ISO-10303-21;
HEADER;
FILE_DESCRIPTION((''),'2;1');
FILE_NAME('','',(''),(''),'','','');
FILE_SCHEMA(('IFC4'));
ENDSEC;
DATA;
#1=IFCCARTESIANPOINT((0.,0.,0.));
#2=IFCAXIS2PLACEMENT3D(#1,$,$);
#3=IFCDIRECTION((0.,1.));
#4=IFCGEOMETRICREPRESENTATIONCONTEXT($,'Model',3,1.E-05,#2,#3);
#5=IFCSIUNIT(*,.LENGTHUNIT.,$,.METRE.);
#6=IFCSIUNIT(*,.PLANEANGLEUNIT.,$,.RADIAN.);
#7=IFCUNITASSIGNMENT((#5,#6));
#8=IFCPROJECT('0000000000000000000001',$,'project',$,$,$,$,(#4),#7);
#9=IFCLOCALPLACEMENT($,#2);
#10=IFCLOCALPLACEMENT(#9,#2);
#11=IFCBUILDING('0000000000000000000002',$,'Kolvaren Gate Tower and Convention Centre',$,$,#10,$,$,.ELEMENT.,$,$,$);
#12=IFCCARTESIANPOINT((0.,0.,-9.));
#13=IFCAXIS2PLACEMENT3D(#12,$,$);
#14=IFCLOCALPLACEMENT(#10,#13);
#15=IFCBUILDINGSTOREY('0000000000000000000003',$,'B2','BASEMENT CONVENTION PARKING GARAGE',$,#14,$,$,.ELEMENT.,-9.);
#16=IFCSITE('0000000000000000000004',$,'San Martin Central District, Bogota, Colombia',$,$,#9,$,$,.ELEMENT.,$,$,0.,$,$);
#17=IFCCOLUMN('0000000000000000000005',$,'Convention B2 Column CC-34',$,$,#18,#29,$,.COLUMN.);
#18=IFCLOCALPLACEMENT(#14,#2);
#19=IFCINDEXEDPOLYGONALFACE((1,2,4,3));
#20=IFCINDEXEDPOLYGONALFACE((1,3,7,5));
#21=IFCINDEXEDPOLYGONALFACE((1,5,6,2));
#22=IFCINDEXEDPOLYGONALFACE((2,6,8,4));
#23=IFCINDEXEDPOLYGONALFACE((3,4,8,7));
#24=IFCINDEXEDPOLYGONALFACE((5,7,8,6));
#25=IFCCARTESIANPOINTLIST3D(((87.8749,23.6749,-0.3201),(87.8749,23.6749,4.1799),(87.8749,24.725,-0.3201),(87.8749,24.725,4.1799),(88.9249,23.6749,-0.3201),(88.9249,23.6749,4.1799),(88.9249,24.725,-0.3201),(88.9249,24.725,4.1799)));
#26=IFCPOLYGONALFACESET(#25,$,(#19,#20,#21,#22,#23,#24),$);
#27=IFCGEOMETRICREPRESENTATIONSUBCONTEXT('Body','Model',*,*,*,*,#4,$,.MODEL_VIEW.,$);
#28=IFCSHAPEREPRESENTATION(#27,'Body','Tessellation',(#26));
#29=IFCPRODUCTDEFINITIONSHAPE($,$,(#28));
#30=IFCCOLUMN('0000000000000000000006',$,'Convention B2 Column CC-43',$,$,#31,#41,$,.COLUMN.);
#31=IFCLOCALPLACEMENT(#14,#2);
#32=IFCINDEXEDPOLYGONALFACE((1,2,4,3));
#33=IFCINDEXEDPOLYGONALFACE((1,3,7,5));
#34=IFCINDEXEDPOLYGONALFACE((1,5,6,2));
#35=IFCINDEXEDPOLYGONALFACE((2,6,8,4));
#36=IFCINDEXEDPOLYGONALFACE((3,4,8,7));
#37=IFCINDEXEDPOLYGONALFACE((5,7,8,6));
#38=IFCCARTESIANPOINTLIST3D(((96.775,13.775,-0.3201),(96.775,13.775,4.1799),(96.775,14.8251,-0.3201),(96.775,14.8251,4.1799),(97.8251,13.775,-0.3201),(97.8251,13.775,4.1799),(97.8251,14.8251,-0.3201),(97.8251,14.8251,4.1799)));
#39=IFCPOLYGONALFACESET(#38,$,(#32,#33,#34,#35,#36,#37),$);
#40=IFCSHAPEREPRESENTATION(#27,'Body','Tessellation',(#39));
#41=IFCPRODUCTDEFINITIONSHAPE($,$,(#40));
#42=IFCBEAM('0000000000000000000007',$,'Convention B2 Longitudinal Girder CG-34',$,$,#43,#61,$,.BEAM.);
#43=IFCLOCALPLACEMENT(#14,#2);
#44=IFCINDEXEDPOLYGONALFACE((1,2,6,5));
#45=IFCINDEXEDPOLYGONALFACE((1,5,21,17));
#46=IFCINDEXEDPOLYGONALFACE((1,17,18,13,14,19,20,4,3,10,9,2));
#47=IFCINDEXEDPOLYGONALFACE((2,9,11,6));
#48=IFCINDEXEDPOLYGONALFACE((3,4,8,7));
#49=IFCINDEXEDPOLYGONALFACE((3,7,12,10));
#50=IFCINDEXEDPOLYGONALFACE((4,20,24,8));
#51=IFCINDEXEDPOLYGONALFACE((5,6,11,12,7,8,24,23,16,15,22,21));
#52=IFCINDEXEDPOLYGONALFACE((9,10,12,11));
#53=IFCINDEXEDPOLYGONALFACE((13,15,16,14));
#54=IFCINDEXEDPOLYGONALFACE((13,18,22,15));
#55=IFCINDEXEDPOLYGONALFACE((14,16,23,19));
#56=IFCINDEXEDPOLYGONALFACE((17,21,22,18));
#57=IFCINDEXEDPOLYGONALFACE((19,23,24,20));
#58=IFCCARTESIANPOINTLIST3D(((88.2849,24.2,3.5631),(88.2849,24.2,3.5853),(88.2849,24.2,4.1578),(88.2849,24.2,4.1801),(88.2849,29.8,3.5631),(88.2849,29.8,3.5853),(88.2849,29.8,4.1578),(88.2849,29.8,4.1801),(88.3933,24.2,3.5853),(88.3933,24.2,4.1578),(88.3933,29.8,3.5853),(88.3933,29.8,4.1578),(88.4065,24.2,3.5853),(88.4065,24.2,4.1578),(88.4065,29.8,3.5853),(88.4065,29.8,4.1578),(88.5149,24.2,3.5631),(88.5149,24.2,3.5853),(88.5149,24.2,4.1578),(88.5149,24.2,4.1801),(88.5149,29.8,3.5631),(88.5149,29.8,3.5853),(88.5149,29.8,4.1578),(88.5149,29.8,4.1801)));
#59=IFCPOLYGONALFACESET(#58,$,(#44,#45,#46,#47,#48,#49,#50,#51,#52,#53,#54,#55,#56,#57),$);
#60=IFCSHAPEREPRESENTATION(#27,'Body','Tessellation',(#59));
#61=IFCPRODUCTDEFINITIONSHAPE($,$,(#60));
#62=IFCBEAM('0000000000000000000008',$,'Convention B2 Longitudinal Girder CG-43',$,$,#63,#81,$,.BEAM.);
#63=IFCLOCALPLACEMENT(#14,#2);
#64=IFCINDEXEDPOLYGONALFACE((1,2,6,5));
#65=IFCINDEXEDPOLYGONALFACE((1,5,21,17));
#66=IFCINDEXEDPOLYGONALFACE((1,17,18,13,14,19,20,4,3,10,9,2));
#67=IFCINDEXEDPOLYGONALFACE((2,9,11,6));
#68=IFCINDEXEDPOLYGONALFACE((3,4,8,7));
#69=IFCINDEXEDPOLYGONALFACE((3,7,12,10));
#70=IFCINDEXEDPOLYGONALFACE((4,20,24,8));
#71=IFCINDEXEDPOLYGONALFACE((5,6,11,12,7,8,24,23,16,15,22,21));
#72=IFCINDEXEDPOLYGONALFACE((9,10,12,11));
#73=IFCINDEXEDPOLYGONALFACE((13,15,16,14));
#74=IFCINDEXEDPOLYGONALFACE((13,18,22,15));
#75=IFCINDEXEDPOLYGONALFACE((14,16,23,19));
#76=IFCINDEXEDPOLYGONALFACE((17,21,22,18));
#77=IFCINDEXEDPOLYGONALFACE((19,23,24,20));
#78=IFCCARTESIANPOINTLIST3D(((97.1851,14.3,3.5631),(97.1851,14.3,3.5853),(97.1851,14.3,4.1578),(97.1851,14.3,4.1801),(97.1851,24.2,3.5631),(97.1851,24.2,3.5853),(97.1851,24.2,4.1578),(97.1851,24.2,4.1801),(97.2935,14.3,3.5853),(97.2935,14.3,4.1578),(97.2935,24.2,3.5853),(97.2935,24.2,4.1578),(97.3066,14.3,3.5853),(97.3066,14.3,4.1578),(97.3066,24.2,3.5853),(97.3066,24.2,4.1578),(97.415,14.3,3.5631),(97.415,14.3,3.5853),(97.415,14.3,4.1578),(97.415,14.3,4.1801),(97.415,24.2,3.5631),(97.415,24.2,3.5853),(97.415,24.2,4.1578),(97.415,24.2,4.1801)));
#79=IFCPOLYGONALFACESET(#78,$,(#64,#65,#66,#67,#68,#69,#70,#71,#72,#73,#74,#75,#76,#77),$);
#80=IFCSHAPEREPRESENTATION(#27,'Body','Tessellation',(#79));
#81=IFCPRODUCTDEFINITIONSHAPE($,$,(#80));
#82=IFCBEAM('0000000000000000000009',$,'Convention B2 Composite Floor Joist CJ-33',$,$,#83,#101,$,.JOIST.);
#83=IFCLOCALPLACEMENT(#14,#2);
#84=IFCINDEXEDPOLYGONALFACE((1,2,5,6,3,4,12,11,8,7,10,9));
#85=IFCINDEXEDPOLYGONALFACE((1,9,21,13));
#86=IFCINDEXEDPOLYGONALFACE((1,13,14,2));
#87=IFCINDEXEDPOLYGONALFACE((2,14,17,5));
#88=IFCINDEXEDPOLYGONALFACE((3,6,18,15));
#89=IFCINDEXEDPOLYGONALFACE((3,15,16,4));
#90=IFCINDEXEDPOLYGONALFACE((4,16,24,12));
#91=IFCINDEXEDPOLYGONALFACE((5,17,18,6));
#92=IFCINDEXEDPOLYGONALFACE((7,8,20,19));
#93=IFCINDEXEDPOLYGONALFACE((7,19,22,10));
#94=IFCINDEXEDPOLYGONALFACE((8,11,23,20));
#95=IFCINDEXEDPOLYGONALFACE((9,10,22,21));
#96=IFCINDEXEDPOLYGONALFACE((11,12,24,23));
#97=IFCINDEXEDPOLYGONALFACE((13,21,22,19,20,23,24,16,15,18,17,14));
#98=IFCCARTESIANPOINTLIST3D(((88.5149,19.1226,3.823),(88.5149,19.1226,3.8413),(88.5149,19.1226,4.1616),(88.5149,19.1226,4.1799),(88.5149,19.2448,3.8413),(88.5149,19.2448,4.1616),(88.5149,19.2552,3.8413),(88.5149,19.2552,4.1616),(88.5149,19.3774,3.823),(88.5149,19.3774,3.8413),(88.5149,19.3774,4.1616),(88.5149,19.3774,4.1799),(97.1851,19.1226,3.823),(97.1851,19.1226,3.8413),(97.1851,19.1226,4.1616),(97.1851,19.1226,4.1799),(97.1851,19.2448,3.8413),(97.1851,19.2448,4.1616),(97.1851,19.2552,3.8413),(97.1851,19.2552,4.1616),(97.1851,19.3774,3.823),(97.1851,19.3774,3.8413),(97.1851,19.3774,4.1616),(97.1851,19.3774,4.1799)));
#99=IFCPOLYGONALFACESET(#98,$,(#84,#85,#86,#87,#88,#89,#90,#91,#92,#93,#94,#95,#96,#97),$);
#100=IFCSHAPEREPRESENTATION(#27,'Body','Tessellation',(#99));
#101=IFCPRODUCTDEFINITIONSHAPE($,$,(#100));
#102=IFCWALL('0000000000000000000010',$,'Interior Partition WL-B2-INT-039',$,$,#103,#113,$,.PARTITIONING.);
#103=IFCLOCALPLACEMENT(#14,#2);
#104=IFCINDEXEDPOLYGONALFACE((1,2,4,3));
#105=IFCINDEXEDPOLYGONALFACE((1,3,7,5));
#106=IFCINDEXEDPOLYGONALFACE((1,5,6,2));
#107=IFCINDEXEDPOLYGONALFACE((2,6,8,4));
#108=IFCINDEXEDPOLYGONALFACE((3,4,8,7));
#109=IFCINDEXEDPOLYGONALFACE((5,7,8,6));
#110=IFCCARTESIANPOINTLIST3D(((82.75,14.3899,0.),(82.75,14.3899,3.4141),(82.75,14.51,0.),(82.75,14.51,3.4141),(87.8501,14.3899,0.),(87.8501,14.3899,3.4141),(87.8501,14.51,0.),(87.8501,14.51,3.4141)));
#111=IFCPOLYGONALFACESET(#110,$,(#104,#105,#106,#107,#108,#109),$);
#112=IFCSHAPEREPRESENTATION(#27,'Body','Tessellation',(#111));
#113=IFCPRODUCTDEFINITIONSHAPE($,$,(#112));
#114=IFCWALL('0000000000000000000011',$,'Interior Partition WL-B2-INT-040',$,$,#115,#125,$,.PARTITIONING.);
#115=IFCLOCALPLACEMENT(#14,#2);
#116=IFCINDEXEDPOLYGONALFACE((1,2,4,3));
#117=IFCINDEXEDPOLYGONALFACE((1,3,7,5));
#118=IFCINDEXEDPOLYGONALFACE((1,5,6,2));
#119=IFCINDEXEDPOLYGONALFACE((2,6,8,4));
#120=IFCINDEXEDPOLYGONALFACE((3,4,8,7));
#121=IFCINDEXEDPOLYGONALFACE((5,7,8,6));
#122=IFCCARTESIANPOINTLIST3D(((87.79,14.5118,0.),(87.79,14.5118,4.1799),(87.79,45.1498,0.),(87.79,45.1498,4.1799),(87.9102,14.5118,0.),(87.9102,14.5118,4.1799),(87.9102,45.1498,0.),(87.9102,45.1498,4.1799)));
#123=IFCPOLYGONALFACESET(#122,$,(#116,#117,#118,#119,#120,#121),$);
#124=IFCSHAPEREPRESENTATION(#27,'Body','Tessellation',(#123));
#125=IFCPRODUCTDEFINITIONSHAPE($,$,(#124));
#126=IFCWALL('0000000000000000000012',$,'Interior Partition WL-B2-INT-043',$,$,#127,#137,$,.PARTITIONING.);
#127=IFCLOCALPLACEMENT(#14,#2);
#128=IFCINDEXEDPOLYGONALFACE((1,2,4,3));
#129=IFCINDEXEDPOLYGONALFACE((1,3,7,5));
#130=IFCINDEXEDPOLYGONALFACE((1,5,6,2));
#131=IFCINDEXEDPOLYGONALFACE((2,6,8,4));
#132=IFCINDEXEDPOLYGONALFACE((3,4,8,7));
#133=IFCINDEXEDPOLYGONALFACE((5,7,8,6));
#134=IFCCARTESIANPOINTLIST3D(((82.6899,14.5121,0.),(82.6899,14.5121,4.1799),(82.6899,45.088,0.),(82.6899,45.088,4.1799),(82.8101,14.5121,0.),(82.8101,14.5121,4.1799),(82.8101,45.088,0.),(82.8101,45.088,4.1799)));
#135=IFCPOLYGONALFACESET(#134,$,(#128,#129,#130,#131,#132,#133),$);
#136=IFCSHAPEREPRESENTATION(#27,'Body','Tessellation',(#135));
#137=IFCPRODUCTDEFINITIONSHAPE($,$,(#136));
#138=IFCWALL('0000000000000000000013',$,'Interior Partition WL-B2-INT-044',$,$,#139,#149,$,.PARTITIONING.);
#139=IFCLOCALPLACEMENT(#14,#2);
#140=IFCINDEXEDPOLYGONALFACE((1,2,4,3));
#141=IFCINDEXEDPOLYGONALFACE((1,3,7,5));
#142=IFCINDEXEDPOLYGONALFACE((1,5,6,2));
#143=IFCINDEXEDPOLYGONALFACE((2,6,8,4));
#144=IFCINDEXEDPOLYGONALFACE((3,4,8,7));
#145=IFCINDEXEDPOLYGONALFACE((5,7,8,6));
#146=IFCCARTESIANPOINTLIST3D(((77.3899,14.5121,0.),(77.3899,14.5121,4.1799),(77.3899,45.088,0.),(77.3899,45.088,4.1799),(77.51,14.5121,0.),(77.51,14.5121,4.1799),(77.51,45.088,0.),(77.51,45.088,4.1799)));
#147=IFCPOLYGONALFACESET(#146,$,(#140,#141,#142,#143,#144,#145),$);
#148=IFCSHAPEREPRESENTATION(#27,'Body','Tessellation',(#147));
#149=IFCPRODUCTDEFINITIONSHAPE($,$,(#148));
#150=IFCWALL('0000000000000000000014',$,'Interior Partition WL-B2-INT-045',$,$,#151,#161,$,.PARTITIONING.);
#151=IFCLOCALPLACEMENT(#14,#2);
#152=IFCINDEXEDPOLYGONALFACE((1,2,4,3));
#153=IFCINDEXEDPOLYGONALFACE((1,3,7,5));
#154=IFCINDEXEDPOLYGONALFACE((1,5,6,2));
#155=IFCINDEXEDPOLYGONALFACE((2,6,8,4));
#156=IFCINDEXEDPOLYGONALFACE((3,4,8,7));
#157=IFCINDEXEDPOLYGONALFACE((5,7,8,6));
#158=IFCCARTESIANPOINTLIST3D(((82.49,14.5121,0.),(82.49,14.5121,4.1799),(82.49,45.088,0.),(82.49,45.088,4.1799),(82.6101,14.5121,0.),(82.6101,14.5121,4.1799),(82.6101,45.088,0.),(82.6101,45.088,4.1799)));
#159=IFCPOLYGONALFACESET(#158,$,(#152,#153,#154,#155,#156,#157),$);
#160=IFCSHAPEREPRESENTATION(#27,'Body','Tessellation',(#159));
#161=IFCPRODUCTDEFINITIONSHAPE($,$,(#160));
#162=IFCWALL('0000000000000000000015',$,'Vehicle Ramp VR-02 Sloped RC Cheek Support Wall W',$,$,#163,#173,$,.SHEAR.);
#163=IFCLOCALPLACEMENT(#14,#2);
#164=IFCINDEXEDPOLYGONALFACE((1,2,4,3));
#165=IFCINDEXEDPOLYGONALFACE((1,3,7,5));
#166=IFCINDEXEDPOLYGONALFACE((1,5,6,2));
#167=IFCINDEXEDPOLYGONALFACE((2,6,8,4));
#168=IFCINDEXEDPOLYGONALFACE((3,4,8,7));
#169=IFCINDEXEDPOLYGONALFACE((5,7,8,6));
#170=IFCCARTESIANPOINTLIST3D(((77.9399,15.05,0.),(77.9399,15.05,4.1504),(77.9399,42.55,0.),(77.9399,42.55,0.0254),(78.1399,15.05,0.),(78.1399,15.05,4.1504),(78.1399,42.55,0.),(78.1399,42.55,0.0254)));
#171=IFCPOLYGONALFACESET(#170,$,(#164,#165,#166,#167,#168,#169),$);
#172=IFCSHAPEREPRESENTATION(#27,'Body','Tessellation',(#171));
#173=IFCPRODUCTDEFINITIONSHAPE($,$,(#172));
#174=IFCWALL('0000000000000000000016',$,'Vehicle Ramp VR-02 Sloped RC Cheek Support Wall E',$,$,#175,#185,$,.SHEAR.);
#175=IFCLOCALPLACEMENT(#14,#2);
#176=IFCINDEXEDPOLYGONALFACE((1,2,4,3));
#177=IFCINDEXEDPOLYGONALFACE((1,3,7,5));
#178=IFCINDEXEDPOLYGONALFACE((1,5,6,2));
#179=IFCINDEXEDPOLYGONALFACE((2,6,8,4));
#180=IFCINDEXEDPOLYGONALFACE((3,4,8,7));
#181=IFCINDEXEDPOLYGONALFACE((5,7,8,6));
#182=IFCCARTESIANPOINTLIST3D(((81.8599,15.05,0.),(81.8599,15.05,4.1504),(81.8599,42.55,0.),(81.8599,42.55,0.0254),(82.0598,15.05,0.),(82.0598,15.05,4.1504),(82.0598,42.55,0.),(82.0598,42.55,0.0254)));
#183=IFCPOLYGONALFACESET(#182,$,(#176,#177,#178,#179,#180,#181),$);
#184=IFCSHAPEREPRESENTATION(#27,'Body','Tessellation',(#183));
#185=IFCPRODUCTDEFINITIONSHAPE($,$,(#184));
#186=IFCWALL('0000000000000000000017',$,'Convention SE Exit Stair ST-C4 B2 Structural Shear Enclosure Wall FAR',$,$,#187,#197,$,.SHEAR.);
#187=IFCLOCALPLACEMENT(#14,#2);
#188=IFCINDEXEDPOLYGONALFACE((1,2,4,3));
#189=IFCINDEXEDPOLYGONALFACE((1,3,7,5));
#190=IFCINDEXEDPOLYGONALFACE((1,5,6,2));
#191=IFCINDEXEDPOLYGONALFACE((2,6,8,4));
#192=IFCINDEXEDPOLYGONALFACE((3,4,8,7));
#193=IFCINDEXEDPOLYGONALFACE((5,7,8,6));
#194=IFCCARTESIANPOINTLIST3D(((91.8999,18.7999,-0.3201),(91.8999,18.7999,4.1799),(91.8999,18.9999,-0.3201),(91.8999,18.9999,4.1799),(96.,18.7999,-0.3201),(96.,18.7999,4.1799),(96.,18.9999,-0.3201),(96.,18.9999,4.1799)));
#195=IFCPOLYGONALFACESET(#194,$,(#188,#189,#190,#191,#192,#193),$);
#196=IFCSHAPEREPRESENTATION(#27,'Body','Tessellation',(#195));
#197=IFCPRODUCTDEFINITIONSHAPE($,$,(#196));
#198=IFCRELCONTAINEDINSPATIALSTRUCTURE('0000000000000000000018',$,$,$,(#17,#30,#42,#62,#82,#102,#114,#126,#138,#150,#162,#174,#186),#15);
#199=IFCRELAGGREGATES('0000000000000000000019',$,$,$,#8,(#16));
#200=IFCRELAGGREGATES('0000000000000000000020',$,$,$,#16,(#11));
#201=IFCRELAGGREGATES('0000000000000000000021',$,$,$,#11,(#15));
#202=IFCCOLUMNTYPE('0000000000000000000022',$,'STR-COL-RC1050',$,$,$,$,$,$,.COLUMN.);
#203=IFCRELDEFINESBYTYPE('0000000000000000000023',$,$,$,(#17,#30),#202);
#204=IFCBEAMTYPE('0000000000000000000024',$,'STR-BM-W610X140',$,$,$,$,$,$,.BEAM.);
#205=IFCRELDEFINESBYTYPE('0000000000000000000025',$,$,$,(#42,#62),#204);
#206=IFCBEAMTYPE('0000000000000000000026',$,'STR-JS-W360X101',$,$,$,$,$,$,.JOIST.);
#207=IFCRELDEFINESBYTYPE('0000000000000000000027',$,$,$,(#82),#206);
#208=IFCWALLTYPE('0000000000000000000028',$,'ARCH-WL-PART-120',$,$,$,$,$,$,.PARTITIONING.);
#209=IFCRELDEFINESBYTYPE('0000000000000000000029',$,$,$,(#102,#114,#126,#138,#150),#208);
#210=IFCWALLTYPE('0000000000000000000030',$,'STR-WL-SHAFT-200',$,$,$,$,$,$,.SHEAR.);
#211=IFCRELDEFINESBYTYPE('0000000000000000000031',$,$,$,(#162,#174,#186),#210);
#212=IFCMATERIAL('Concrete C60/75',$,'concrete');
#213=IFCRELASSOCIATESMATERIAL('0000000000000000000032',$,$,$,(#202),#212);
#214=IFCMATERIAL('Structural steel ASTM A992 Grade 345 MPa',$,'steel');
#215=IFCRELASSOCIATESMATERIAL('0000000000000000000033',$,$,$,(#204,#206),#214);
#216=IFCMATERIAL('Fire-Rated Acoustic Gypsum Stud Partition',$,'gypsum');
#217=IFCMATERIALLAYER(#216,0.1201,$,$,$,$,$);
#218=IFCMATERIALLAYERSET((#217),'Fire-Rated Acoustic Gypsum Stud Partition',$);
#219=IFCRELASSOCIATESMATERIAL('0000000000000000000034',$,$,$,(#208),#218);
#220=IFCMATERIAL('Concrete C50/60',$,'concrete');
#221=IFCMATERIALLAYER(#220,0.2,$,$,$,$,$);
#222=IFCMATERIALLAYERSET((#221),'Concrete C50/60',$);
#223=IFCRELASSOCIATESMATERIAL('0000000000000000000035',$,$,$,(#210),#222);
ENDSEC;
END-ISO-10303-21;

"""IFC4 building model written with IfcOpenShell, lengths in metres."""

from ifc_helpers import new_model, si_unit, direction, frame, frame_2d, origin, origin_2d, place, context, subcontext, project, spatial, polyline, rectangle, i_section, outline, extrude, material, layer, layer_set, material_profile, profile_set, type_object, element, save


model = new_model("IFC4")

# Units and contexts
model_context = context("Model", 3, precision=1e-05, world=origin(), true_north=direction((0.0, 1.0)))
body_context = subcontext(model_context, "Body", "Model", "MODEL_VIEW")
ifc_project = project(units=[si_unit("LENGTHUNIT", "METRE"), si_unit("PLANEANGLEUNIT", "RADIAN")], contexts=[model_context])

# Site, building, storey
site_placement = place(None, origin())
site = spatial("IfcSite", under=ifc_project, at=site_placement, Name="San Martin Central District, Bogota, Colombia", CompositionType="ELEMENT", RefElevation=0.0)
building_placement = place(site_placement, origin())
building = spatial("IfcBuilding", under=site, at=building_placement, Name="Kolvaren Gate Tower and Convention Centre", CompositionType="ELEMENT")
storey_placement = place(building_placement, frame((0.0, 0.0, -9.0)))
storey = spatial("IfcBuildingStorey", under=building, at=storey_placement, Name="B2", Description="BASEMENT CONVENTION PARKING GARAGE", CompositionType="ELEMENT", Elevation=-9.0)

# Columns
ifc_material_1 = material(Name="Concrete C60/75", Category="concrete")
ifc_material_profile_1 = material_profile(ifc_material_1, rectangle(XDim=1.05, YDim=1.05, at=origin_2d()), Name="RC-COL-1050X1050")
ifc_profile_set_1 = profile_set([ifc_material_profile_1], Name="Concrete C60/75")
column_type = type_object("IfcColumnType", Name="STR-COL-RC1050", PredefinedType="COLUMN", material=ifc_profile_set_1)
for number, where, z_axis, x_axis, name in (
    (1, (88.3999, 24.2, -0.3201), (0.0, 0.0, 1.0), (1.0, 0.0, 0.0), "Convention B2 Column CC-34"),
    (2, (97.3, 14.3, -0.3201), (0.0, 0.0, 1.0), (1.0, 0.0, 0.0), "Convention B2 Column CC-43"),
):
    element("IfcColumn", number, at=place(storey_placement, frame(where, z_axis=z_axis, x_axis=x_axis)), inside=storey, type_object=column_type, Name=name, PredefinedType="COLUMN", context=body_context, shape_type="SweptSolid", body=[
        extrude(rectangle(XDim=1.05, YDim=1.05, at=origin_2d()), origin(), (0.0, 0.0, 1.0), 4.5),
    ])

# Beams
ifc_material_2 = material(Name="Structural steel ASTM A992 Grade 345 MPa", Category="steel")
ifc_material_profile_2 = material_profile(ifc_material_2, i_section(OverallWidth=0.23, OverallDepth=0.6169, WebThickness=0.0132, FlangeThickness=0.0222, at=origin_2d()), Name="W610X140")
ifc_profile_set_2 = profile_set([ifc_material_profile_2], Name="Structural steel ASTM A992 Grade 345 MPa")
beam_type_1 = type_object("IfcBeamType", Name="STR-BM-W610X140", PredefinedType="BEAM", material=ifc_profile_set_2)
beam_1_placement = place(storey_placement, frame((88.3999, 24.2, 3.8716), z_axis=(0.0, 1.0, 0.0), x_axis=(-1.0, 0.0, 0.0)))
element("IfcBeam", 3, at=beam_1_placement, inside=storey, type_object=beam_type_1, Name="Convention B2 Longitudinal Girder CG-34", PredefinedType="BEAM", context=body_context, shape_type="SweptSolid", body=[
    extrude(i_section(OverallWidth=0.23, OverallDepth=0.6169, WebThickness=0.0132, FlangeThickness=0.0222, at=origin_2d()), origin(), (0.0, 0.0, 1.0), 5.6001),
])
beam_2_placement = place(storey_placement, frame((97.3, 14.3, 3.8716), z_axis=(0.0, 1.0, 0.0), x_axis=(-1.0, 0.0, 0.0)))
element("IfcBeam", 4, at=beam_2_placement, inside=storey, type_object=beam_type_1, Name="Convention B2 Longitudinal Girder CG-43", PredefinedType="BEAM", context=body_context, shape_type="SweptSolid", body=[
    extrude(i_section(OverallWidth=0.23, OverallDepth=0.6169, WebThickness=0.0132, FlangeThickness=0.0222, at=origin_2d()), origin(), (0.0, 0.0, 1.0), 9.8999),
])
ifc_material_profile_3 = material_profile(ifc_material_2, i_section(OverallWidth=0.2549, OverallDepth=0.3569, WebThickness=0.0105, FlangeThickness=0.0183, at=origin_2d()), Name="W360X101")
ifc_profile_set_3 = profile_set([ifc_material_profile_3], Name="Structural steel ASTM A992 Grade 345 MPa")
beam_type_2 = type_object("IfcBeamType", Name="STR-JS-W360X101", PredefinedType="JOIST", material=ifc_profile_set_3)
beam_3_placement = place(storey_placement, frame((88.5149, 19.25, 4.0015), z_axis=(1.0, 0.0, 0.0), x_axis=(0.0, 1.0, 0.0)))
element("IfcBeam", 5, at=beam_3_placement, inside=storey, type_object=beam_type_2, Name="Convention B2 Composite Floor Joist CJ-33", PredefinedType="JOIST", context=body_context, shape_type="SweptSolid", body=[
    extrude(i_section(OverallWidth=0.2549, OverallDepth=0.3569, WebThickness=0.0105, FlangeThickness=0.0183, at=origin_2d()), origin(), (0.0, 0.0, 1.0), 8.6702),
])

# Walls
ifc_material_3 = material(Name="Fire-Rated Acoustic Gypsum Stud Partition", Category="gypsum")
ifc_layer_1 = layer(ifc_material_3, 0.1201)
ifc_layer_set_1 = layer_set([ifc_layer_1], Name="Fire-Rated Acoustic Gypsum Stud Partition")
wall_type_1 = type_object("IfcWallType", Name="ARCH-WL-PART-120", PredefinedType="PARTITIONING", material=ifc_layer_set_1)
wall_1_placement = place(storey_placement, frame((82.75, 14.45, 0.0), z_axis=(0.0, 0.0, 1.0), x_axis=(1.0, 0.0, 0.0)))
element("IfcWall", 6, at=wall_1_placement, inside=storey, type_object=wall_type_1, Name="Interior Partition WL-B2-INT-039", PredefinedType="PARTITIONING", context=body_context, shape_type="SweptSolid", body=[
    extrude(rectangle(XDim=5.1001, YDim=0.1201, at=frame_2d((2.55, 0.0))), origin(), (0.0, 0.0, 1.0), 3.4141),
])
wall_2_placement = place(storey_placement, frame((87.8501, 14.512, 0.0), z_axis=(0.0, 0.0, 1.0), x_axis=(0.0, 1.0, 0.0)))
element("IfcWall", 7, at=wall_2_placement, inside=storey, type_object=wall_type_1, Name="Interior Partition WL-B2-INT-040", PredefinedType="PARTITIONING", context=body_context, shape_type="SweptSolid", body=[
    extrude(rectangle(XDim=30.6379, YDim=0.1201, at=frame_2d((15.3188, 0.0))), origin(), (0.0, 0.0, 1.0), 4.1799),
])
for number, where, z_axis, x_axis, name in (
    (8, (82.75, 14.512, 0.0), (0.0, 0.0, 1.0), (0.0, 1.0, 0.0), "Interior Partition WL-B2-INT-043"),
    (9, (77.45, 14.512, 0.0), (0.0, 0.0, 1.0), (0.0, 1.0, 0.0), "Interior Partition WL-B2-INT-044"),
    (10, (82.55, 14.512, 0.0), (0.0, 0.0, 1.0), (0.0, 1.0, 0.0), "Interior Partition WL-B2-INT-045"),
):
    element("IfcWall", number, at=place(storey_placement, frame(where, z_axis=z_axis, x_axis=x_axis)), inside=storey, type_object=wall_type_1, Name=name, PredefinedType="PARTITIONING", context=body_context, shape_type="SweptSolid", body=[
        extrude(rectangle(XDim=30.5759, YDim=0.1201, at=frame_2d((15.2881, 0.0))), origin(), (0.0, 0.0, 1.0), 4.1799),
    ])
ifc_material_4 = material(Name="Concrete C50/60", Category="concrete")
ifc_layer_2 = layer(ifc_material_4, 0.2)
ifc_layer_set_2 = layer_set([ifc_layer_2], Name="Concrete C50/60")
wall_type_2 = type_object("IfcWallType", Name="STR-WL-SHAFT-200", PredefinedType="SHEAR", material=ifc_layer_set_2)
for number, where, z_axis, x_axis, name in (
    (11, (78.04, 15.05, 0.0), (0.0, 0.0, 1.0), (0.0, 1.0, 0.0), "Vehicle Ramp VR-02 Sloped RC Cheek Support Wall W"),
    (12, (81.96, 15.05, 0.0), (0.0, 0.0, 1.0), (0.0, 1.0, 0.0), "Vehicle Ramp VR-02 Sloped RC Cheek Support Wall E"),
):
    element("IfcWall", number, at=place(storey_placement, frame(where, z_axis=z_axis, x_axis=x_axis)), inside=storey, type_object=wall_type_2, Name=name, PredefinedType="SHEAR", context=body_context, shape_type="SweptSolid", body=[
        extrude(outline(polyline([(0.0, 0.0), (27.5, 0.0), (27.5, 0.0254), (0.0, 4.1504), (0.0, 0.0)])), frame((0.0, 0.1001, 0.0), z_axis=(0.0, -1.0, 0.0), x_axis=(1.0, 0.0, 0.0)), (0.0, 0.0, 1.0), 0.2),
    ])
wall_3_placement = place(storey_placement, frame((91.8999, 18.8999, -0.3201), z_axis=(0.0, 0.0, 1.0), x_axis=(1.0, 0.0, 0.0)))
element("IfcWall", 13, at=wall_3_placement, inside=storey, type_object=wall_type_2, Name="Convention SE Exit Stair ST-C4 B2 Structural Shear Enclosure Wall FAR", PredefinedType="SHEAR", context=body_context, shape_type="SweptSolid", body=[
    extrude(rectangle(XDim=4.1001, YDim=0.2, at=frame_2d((2.05, 0.0))), origin(), (0.0, 0.0, 1.0), 4.5),
])

save(model, "model.ifc")
